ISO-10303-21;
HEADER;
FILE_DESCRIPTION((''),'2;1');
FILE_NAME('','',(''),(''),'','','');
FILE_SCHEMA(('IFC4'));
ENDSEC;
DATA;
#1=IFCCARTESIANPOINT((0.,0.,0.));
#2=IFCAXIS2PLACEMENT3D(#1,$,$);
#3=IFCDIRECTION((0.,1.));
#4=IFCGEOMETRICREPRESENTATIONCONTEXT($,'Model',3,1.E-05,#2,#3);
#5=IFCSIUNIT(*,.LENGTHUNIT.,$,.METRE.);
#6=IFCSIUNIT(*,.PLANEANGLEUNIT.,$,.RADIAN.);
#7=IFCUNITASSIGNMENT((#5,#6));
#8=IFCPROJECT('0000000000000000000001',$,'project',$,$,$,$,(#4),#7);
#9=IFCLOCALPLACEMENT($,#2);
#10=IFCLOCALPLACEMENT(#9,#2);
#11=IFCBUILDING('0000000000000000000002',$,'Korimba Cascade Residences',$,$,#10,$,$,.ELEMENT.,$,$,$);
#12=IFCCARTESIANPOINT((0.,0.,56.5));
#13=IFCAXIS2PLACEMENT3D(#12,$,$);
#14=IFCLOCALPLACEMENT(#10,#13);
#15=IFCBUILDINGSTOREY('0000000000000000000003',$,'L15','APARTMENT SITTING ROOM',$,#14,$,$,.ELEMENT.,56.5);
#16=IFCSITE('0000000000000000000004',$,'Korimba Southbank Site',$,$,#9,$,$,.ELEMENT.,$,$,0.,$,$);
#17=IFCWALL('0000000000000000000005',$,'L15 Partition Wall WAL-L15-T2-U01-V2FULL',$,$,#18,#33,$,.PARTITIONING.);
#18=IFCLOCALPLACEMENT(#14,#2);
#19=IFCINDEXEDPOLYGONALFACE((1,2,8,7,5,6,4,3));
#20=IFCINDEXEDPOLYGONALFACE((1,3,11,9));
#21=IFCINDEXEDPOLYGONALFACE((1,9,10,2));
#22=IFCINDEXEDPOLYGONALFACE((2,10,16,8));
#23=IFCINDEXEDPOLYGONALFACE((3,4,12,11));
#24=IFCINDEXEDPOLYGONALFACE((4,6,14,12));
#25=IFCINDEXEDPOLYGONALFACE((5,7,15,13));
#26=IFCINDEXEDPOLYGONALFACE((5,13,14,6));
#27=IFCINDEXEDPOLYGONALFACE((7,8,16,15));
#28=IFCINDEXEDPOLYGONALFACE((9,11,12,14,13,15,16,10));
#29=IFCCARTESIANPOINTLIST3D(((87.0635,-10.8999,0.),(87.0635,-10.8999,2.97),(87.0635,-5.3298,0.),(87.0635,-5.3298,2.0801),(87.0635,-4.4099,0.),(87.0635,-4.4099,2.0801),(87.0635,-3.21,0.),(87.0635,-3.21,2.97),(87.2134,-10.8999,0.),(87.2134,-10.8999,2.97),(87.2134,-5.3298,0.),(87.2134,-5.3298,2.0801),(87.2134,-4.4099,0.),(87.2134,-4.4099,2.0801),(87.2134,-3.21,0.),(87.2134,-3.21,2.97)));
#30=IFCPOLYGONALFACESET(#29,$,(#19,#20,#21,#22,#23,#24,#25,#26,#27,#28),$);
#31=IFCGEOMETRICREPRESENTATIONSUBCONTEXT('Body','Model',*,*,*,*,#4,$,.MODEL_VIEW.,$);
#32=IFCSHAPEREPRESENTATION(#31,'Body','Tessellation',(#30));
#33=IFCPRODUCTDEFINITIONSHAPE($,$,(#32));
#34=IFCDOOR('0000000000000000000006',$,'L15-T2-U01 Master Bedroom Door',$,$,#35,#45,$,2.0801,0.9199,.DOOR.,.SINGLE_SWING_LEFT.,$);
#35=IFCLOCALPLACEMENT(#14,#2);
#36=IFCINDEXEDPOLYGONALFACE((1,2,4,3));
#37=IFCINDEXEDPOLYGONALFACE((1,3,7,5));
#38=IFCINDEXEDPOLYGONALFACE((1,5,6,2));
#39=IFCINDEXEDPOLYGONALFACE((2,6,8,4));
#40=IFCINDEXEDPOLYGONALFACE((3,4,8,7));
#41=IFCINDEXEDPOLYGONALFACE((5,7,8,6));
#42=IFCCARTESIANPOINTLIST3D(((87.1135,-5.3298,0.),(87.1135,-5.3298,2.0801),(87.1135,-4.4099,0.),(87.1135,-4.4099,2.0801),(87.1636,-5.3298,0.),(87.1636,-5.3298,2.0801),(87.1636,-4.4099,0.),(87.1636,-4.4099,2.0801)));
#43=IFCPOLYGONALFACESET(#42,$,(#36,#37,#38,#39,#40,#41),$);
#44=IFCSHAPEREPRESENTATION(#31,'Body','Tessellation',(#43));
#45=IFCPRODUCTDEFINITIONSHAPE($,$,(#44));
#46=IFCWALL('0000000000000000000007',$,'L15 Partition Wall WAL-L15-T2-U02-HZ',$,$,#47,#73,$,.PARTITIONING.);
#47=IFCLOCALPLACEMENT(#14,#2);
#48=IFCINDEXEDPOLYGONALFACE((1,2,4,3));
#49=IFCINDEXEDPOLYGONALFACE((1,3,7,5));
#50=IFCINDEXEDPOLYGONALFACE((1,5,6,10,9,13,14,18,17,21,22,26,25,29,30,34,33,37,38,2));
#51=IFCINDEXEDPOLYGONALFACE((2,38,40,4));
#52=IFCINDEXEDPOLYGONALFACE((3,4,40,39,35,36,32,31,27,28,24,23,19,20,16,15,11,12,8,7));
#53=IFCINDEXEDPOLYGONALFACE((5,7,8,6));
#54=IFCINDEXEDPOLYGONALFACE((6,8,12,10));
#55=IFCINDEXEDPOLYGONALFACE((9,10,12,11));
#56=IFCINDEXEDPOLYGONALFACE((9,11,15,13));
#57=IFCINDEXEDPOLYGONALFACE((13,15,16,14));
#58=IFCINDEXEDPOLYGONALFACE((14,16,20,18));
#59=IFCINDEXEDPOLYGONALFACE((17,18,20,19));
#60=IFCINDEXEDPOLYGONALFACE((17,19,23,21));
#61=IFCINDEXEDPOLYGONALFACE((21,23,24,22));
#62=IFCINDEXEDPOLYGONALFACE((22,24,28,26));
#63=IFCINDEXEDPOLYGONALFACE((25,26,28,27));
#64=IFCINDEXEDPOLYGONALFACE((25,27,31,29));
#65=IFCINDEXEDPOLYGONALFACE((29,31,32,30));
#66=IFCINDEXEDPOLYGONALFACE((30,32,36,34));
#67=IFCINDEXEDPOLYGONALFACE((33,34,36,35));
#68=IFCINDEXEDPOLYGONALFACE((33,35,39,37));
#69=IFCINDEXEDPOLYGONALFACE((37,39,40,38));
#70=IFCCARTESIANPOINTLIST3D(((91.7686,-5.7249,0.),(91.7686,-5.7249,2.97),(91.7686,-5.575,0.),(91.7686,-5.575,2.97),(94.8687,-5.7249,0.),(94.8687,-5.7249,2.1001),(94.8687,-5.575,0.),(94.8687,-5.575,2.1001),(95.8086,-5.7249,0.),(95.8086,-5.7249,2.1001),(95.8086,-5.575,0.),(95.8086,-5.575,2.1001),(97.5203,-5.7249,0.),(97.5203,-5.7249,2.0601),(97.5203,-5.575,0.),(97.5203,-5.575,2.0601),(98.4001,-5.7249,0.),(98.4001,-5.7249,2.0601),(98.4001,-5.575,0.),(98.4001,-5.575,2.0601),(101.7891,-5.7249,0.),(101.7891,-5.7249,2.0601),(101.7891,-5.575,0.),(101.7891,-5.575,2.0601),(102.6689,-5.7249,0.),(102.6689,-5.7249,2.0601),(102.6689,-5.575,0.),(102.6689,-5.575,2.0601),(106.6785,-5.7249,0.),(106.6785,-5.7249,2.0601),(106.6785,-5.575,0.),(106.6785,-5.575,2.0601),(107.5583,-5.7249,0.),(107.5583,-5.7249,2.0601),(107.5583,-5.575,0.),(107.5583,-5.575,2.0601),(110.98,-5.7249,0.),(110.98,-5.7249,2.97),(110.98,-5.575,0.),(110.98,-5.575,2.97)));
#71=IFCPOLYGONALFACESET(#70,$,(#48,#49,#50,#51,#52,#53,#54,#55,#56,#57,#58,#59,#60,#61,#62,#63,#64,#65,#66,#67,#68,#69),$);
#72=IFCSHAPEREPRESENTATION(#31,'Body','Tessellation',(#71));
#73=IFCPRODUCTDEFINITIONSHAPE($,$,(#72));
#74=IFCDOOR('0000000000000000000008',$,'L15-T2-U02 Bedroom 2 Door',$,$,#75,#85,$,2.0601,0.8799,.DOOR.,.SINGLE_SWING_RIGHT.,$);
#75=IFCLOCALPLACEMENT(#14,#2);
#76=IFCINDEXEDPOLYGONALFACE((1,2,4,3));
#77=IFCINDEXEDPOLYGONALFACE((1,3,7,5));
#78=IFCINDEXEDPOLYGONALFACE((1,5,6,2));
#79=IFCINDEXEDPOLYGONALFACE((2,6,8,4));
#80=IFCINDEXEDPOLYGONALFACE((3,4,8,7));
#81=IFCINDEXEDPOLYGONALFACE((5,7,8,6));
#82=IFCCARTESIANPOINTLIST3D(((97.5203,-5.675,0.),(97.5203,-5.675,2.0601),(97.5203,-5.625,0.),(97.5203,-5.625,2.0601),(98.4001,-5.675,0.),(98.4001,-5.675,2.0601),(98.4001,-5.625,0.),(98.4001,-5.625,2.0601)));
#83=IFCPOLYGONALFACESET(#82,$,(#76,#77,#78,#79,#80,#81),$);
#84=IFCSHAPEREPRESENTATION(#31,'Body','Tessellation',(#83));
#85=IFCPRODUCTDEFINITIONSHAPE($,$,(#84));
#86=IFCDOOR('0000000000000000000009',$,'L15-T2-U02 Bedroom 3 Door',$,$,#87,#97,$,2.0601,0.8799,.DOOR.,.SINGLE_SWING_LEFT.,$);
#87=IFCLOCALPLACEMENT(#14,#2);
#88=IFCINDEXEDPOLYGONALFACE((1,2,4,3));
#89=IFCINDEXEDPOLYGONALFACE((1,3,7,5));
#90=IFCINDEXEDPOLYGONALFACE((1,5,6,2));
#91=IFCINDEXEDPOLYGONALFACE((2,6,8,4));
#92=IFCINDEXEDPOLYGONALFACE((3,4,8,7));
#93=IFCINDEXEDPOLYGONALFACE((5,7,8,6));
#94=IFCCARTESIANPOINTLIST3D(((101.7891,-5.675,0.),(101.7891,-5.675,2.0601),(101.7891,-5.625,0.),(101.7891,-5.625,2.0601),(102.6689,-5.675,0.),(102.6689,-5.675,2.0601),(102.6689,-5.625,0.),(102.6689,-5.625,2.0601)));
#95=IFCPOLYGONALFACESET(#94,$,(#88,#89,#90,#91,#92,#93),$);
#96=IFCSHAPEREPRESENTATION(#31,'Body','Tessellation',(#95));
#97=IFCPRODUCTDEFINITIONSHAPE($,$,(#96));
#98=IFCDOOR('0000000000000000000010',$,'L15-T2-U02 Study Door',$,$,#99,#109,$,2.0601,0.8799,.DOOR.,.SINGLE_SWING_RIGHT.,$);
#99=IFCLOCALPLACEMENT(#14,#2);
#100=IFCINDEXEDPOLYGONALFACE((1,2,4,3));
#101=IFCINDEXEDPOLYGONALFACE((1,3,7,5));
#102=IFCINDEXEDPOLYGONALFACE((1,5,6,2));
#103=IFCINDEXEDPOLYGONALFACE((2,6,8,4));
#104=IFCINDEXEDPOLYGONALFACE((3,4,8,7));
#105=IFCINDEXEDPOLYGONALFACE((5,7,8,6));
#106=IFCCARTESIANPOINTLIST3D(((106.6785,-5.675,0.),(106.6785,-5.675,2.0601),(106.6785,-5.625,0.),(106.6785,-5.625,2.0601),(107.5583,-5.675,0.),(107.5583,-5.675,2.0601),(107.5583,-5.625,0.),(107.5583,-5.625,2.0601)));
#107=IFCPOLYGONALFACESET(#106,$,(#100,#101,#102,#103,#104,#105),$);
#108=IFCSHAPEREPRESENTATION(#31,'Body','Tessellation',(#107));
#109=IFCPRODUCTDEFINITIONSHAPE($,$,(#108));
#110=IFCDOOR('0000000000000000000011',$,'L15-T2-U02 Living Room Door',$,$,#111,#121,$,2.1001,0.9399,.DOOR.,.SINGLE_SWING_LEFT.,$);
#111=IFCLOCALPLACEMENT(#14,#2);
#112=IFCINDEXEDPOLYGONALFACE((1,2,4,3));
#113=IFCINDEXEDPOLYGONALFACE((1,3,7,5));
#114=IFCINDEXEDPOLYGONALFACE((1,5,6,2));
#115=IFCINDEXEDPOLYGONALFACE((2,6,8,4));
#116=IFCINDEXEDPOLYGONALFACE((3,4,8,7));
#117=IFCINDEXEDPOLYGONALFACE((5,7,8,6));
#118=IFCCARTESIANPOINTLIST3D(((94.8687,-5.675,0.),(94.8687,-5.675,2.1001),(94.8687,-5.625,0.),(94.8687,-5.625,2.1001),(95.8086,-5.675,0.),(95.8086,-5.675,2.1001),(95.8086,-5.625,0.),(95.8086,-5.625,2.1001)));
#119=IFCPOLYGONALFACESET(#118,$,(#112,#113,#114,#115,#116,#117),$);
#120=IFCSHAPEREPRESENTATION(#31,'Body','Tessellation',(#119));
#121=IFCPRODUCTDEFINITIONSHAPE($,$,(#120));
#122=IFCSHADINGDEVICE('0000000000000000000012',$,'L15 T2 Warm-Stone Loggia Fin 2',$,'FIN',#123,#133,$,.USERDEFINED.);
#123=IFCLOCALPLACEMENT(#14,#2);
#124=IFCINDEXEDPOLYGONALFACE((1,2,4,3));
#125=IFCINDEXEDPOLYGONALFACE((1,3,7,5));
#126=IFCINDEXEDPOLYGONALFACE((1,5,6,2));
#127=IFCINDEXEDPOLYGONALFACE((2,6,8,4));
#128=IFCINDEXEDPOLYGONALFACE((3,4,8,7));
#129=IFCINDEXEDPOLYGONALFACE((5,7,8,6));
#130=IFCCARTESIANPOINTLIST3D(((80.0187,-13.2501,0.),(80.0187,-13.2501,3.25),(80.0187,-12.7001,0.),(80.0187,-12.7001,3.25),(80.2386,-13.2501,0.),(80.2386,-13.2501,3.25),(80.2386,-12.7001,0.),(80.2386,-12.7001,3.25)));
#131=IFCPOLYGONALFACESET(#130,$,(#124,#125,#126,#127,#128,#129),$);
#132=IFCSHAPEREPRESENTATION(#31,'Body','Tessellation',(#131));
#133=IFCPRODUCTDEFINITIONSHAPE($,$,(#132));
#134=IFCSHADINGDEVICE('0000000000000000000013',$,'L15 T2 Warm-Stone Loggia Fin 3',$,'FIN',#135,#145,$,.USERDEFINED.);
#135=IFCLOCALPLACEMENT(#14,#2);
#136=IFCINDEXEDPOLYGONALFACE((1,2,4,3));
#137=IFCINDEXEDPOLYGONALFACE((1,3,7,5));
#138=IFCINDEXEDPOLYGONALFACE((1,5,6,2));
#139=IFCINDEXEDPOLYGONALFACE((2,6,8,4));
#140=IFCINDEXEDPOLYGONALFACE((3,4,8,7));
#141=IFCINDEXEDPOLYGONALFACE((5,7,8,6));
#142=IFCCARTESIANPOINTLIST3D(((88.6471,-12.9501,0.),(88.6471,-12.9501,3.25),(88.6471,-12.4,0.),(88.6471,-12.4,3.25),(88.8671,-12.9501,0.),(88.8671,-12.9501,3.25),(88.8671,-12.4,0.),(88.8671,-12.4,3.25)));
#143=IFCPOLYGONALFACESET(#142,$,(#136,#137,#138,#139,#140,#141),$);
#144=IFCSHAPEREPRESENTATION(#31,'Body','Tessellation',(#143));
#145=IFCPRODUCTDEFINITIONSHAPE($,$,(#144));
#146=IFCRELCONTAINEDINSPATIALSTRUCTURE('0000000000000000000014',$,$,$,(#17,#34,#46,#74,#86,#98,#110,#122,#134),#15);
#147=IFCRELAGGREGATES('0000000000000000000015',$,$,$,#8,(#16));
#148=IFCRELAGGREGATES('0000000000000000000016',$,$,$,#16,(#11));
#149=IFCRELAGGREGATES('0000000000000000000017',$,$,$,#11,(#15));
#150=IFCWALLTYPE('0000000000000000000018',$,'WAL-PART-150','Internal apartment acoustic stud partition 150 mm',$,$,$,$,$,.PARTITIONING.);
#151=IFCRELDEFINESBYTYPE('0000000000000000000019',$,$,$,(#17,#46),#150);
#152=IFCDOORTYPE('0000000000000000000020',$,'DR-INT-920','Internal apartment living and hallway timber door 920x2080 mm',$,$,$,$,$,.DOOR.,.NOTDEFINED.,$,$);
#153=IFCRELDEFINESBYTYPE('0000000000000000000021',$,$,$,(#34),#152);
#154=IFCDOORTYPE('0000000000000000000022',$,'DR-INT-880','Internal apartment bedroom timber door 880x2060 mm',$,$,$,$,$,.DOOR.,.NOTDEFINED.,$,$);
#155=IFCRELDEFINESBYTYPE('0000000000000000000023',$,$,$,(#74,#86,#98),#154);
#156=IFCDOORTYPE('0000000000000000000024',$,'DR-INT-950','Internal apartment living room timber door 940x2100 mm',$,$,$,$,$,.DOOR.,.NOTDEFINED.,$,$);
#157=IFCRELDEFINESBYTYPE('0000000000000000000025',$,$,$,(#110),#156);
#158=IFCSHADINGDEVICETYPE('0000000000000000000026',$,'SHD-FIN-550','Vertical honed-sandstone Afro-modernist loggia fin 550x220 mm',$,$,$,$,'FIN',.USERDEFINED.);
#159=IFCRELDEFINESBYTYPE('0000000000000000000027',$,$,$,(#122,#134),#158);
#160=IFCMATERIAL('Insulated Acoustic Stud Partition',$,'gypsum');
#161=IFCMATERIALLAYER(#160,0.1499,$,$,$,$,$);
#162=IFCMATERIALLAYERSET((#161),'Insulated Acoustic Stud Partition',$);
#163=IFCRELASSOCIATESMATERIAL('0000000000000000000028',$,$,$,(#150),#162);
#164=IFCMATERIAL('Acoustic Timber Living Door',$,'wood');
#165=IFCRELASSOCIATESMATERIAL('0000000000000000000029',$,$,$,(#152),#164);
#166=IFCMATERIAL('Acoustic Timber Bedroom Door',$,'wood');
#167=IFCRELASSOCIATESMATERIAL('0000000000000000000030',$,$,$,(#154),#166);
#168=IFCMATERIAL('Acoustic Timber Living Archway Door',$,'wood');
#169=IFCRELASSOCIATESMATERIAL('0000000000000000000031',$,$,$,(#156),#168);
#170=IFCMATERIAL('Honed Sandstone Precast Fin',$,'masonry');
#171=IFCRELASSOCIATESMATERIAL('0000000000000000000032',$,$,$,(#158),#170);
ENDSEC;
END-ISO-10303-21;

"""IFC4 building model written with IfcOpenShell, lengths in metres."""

from ifc_helpers import new_model, si_unit, direction, frame, frame_2d, origin, origin_2d, place, context, subcontext, project, spatial, rectangle, extrude, material, layer, layer_set, type_object, element, fill, save


model = new_model("IFC4")

# Units and contexts
model_context = context("Model", 3, precision=1e-05, world=origin(), true_north=direction((0.0, 1.0)))
body_context = subcontext(model_context, "Body", "Model", "MODEL_VIEW")
ifc_project = project(units=[si_unit("LENGTHUNIT", "METRE"), si_unit("PLANEANGLEUNIT", "RADIAN")], contexts=[model_context])

# Site, building, storey
site_placement = place(None, origin())
site = spatial("IfcSite", under=ifc_project, at=site_placement, Name="Korimba Southbank Site", CompositionType="ELEMENT", RefElevation=0.0)
building_placement = place(site_placement, origin())
building = spatial("IfcBuilding", under=site, at=building_placement, Name="Korimba Cascade Residences", CompositionType="ELEMENT")
storey_placement = place(building_placement, frame((0.0, 0.0, 56.5)))
storey = spatial("IfcBuildingStorey", under=building, at=storey_placement, Name="L15", Description="APARTMENT SITTING ROOM", CompositionType="ELEMENT", Elevation=56.5)

# Shared definitions
ifc_material_1 = material(Name="Insulated Acoustic Stud Partition", Category="gypsum")
ifc_layer_1 = layer(ifc_material_1, 0.1499)
ifc_layer_set_1 = layer_set([ifc_layer_1], Name="Insulated Acoustic Stud Partition")
wall_type_1 = type_object("IfcWallType", Name="WAL-PART-150", Description="Internal apartment acoustic stud partition 150 mm", PredefinedType="PARTITIONING", material=ifc_layer_set_1)

# Wall, opening, door
wall_1_placement = place(storey_placement, frame((87.1384, -10.8999, 0.0), z_axis=(0.0, 0.0, 1.0), x_axis=(0.0, 1.0, 0.0)))
wall_1 = element("IfcWall", 1, at=wall_1_placement, inside=storey, type_object=wall_type_1, Name="L15 Partition Wall WAL-L15-T2-U01-V2FULL", PredefinedType="PARTITIONING", context=body_context, shape_type="SweptSolid", body=[
    extrude(rectangle(XDim=7.6899, YDim=0.1499, at=frame_2d((3.845, 0.0))), origin(), (0.0, 0.0, 1.0), 2.97),
])
opening_1_placement = place(wall_1_placement, frame((5.5701, 0.0, 0.0)))
opening_1 = element("IfcOpeningElement", 2, at=opening_1_placement, cuts=wall_1, PredefinedType="OPENING", context=body_context, shape_type="SweptSolid", body=[
    extrude(rectangle(XDim=0.9199, YDim=2.0801, at=frame_2d((0.46, 1.04))), frame((0.0, 0.085, 0.0), z_axis=(0.0, -1.0, 0.0), x_axis=(1.0, 0.0, 0.0)), (0.0, 0.0, 1.0), 0.1699),
])
ifc_material_2 = material(Name="Acoustic Timber Living Door", Category="wood")
door_type_1 = type_object("IfcDoorType", Name="DR-INT-920", Description="Internal apartment living and hallway timber door 920x2080 mm", OperationType="NOTDEFINED", PredefinedType="DOOR", material=ifc_material_2)
door_1_placement = place(opening_1_placement, origin())
door_1 = element("IfcDoor", 3, at=door_1_placement, inside=storey, type_object=door_type_1, Name="L15-T2-U01 Master Bedroom Door", OperationType="SINGLE_SWING_LEFT", OverallHeight=2.0801, OverallWidth=0.9199, PredefinedType="DOOR", context=body_context, shape_type="SweptSolid", body=[
    extrude(rectangle(XDim=0.9199, YDim=2.0801, at=frame_2d((0.46, 1.04))), frame((0.0, 0.0249, 0.0), z_axis=(0.0, -1.0, 0.0), x_axis=(1.0, 0.0, 0.0)), (0.0, 0.0, 1.0), 0.05),
])
fill(opening_1, door_1)

# Wall, openings, doors
wall_2_placement = place(storey_placement, frame((91.7686, -5.6499, 0.0), z_axis=(0.0, 0.0, 1.0), x_axis=(1.0, 0.0, 0.0)))
wall_2 = element("IfcWall", 4, at=wall_2_placement, inside=storey, type_object=wall_type_1, Name="L15 Partition Wall WAL-L15-T2-U02-HZ", PredefinedType="PARTITIONING", context=body_context, shape_type="SweptSolid", body=[
    extrude(rectangle(XDim=19.2114, YDim=0.1499, at=frame_2d((9.6057, 0.0))), origin(), (0.0, 0.0, 1.0), 2.97),
])
opening_2_placement = place(wall_2_placement, frame((3.1001, 0.0, 0.0)))
opening_2 = element("IfcOpeningElement", 5, at=opening_2_placement, cuts=wall_2, PredefinedType="OPENING", context=body_context, shape_type="SweptSolid", body=[
    extrude(rectangle(XDim=0.9399, YDim=2.1001, at=frame_2d((0.47, 1.05))), frame((0.0, 0.085, 0.0), z_axis=(0.0, -1.0, 0.0), x_axis=(1.0, 0.0, 0.0)), (0.0, 0.0, 1.0), 0.1699),
])
opening_3_placement = place(wall_2_placement, frame((5.7517, 0.0, 0.0)))
opening_3 = element("IfcOpeningElement", 6, at=opening_3_placement, cuts=wall_2, PredefinedType="OPENING", context=body_context, shape_type="SweptSolid", body=[
    extrude(rectangle(XDim=0.8799, YDim=2.0601, at=frame_2d((0.4399, 1.03))), frame((0.0, 0.085, 0.0), z_axis=(0.0, -1.0, 0.0), x_axis=(1.0, 0.0, 0.0)), (0.0, 0.0, 1.0), 0.1699),
])
opening_4_placement = place(wall_2_placement, frame((10.0205, 0.0, 0.0)))
opening_4 = element("IfcOpeningElement", 7, at=opening_4_placement, cuts=wall_2, PredefinedType="OPENING", context=body_context, shape_type="SweptSolid", body=[
    extrude(rectangle(XDim=0.8799, YDim=2.0601, at=frame_2d((0.4399, 1.03))), frame((0.0, 0.085, 0.0), z_axis=(0.0, -1.0, 0.0), x_axis=(1.0, 0.0, 0.0)), (0.0, 0.0, 1.0), 0.1699),
])
opening_5_placement = place(wall_2_placement, frame((14.9099, 0.0, 0.0)))
opening_5 = element("IfcOpeningElement", 8, at=opening_5_placement, cuts=wall_2, PredefinedType="OPENING", context=body_context, shape_type="SweptSolid", body=[
    extrude(rectangle(XDim=0.8799, YDim=2.0601, at=frame_2d((0.4399, 1.03))), frame((0.0, 0.085, 0.0), z_axis=(0.0, -1.0, 0.0), x_axis=(1.0, 0.0, 0.0)), (0.0, 0.0, 1.0), 0.1699),
])
ifc_material_3 = material(Name="Acoustic Timber Bedroom Door", Category="wood")
door_type_2 = type_object("IfcDoorType", Name="DR-INT-880", Description="Internal apartment bedroom timber door 880x2060 mm", OperationType="NOTDEFINED", PredefinedType="DOOR", material=ifc_material_3)
door_2_placement = place(opening_3_placement, origin())
door_2 = element("IfcDoor", 9, at=door_2_placement, inside=storey, type_object=door_type_2, Name="L15-T2-U02 Bedroom 2 Door", OperationType="SINGLE_SWING_RIGHT", OverallHeight=2.0601, OverallWidth=0.8799, PredefinedType="DOOR", context=body_context, shape_type="SweptSolid", body=[
    extrude(rectangle(XDim=0.8799, YDim=2.0601, at=frame_2d((0.4399, 1.03))), frame((0.0, 0.0249, 0.0), z_axis=(0.0, -1.0, 0.0), x_axis=(1.0, 0.0, 0.0)), (0.0, 0.0, 1.0), 0.05),
])
fill(opening_3, door_2)
door_3_placement = place(opening_4_placement, origin())
door_3 = element("IfcDoor", 10, at=door_3_placement, inside=storey, type_object=door_type_2, Name="L15-T2-U02 Bedroom 3 Door", OperationType="SINGLE_SWING_LEFT", OverallHeight=2.0601, OverallWidth=0.8799, PredefinedType="DOOR", context=body_context, shape_type="SweptSolid", body=[
    extrude(rectangle(XDim=0.8799, YDim=2.0601, at=frame_2d((0.4399, 1.03))), frame((0.0, 0.0249, 0.0), z_axis=(0.0, -1.0, 0.0), x_axis=(1.0, 0.0, 0.0)), (0.0, 0.0, 1.0), 0.05),
])
fill(opening_4, door_3)
door_4_placement = place(opening_5_placement, origin())
door_4 = element("IfcDoor", 11, at=door_4_placement, inside=storey, type_object=door_type_2, Name="L15-T2-U02 Study Door", OperationType="SINGLE_SWING_RIGHT", OverallHeight=2.0601, OverallWidth=0.8799, PredefinedType="DOOR", context=body_context, shape_type="SweptSolid", body=[
    extrude(rectangle(XDim=0.8799, YDim=2.0601, at=frame_2d((0.4399, 1.03))), frame((0.0, 0.0249, 0.0), z_axis=(0.0, -1.0, 0.0), x_axis=(1.0, 0.0, 0.0)), (0.0, 0.0, 1.0), 0.05),
])
fill(opening_5, door_4)
ifc_material_4 = material(Name="Acoustic Timber Living Archway Door", Category="wood")
door_type_3 = type_object("IfcDoorType", Name="DR-INT-950", Description="Internal apartment living room timber door 940x2100 mm", OperationType="NOTDEFINED", PredefinedType="DOOR", material=ifc_material_4)
door_5_placement = place(opening_2_placement, origin())
door_5 = element("IfcDoor", 12, at=door_5_placement, inside=storey, type_object=door_type_3, Name="L15-T2-U02 Living Room Door", OperationType="SINGLE_SWING_LEFT", OverallHeight=2.1001, OverallWidth=0.9399, PredefinedType="DOOR", context=body_context, shape_type="SweptSolid", body=[
    extrude(rectangle(XDim=0.9399, YDim=2.1001, at=frame_2d((0.47, 1.05))), frame((0.0, 0.0249, 0.0), z_axis=(0.0, -1.0, 0.0), x_axis=(1.0, 0.0, 0.0)), (0.0, 0.0, 1.0), 0.05),
])
fill(opening_2, door_5)

# Shading devices
ifc_material_5 = material(Name="Honed Sandstone Precast Fin", Category="masonry")
shading_device_type = type_object("IfcShadingDeviceType", Name="SHD-FIN-550", Description="Vertical honed-sandstone Afro-modernist loggia fin 550x220 mm", ElementType="FIN", PredefinedType="USERDEFINED", material=ifc_material_5)
for number, where, z_axis, x_axis, name in (
    (13, (80.1287, -12.9751, 0.0), (0.0, 0.0, 1.0), (1.0, 0.0, 0.0), "L15 T2 Warm-Stone Loggia Fin 2"),
    (14, (88.7571, -12.675, 0.0), (0.0, 0.0, 1.0), (1.0, 0.0, 0.0), "L15 T2 Warm-Stone Loggia Fin 3"),
):
    element("IfcShadingDevice", number, at=place(storey_placement, frame(where, z_axis=z_axis, x_axis=x_axis)), inside=storey, type_object=shading_device_type, Name=name, ObjectType="FIN", PredefinedType="USERDEFINED", context=body_context, shape_type="SweptSolid", body=[
        extrude(rectangle(XDim=0.22, YDim=0.55, at=origin_2d()), origin(), (0.0, 0.0, 1.0), 3.25),
    ])

save(model, "model.ifc")
